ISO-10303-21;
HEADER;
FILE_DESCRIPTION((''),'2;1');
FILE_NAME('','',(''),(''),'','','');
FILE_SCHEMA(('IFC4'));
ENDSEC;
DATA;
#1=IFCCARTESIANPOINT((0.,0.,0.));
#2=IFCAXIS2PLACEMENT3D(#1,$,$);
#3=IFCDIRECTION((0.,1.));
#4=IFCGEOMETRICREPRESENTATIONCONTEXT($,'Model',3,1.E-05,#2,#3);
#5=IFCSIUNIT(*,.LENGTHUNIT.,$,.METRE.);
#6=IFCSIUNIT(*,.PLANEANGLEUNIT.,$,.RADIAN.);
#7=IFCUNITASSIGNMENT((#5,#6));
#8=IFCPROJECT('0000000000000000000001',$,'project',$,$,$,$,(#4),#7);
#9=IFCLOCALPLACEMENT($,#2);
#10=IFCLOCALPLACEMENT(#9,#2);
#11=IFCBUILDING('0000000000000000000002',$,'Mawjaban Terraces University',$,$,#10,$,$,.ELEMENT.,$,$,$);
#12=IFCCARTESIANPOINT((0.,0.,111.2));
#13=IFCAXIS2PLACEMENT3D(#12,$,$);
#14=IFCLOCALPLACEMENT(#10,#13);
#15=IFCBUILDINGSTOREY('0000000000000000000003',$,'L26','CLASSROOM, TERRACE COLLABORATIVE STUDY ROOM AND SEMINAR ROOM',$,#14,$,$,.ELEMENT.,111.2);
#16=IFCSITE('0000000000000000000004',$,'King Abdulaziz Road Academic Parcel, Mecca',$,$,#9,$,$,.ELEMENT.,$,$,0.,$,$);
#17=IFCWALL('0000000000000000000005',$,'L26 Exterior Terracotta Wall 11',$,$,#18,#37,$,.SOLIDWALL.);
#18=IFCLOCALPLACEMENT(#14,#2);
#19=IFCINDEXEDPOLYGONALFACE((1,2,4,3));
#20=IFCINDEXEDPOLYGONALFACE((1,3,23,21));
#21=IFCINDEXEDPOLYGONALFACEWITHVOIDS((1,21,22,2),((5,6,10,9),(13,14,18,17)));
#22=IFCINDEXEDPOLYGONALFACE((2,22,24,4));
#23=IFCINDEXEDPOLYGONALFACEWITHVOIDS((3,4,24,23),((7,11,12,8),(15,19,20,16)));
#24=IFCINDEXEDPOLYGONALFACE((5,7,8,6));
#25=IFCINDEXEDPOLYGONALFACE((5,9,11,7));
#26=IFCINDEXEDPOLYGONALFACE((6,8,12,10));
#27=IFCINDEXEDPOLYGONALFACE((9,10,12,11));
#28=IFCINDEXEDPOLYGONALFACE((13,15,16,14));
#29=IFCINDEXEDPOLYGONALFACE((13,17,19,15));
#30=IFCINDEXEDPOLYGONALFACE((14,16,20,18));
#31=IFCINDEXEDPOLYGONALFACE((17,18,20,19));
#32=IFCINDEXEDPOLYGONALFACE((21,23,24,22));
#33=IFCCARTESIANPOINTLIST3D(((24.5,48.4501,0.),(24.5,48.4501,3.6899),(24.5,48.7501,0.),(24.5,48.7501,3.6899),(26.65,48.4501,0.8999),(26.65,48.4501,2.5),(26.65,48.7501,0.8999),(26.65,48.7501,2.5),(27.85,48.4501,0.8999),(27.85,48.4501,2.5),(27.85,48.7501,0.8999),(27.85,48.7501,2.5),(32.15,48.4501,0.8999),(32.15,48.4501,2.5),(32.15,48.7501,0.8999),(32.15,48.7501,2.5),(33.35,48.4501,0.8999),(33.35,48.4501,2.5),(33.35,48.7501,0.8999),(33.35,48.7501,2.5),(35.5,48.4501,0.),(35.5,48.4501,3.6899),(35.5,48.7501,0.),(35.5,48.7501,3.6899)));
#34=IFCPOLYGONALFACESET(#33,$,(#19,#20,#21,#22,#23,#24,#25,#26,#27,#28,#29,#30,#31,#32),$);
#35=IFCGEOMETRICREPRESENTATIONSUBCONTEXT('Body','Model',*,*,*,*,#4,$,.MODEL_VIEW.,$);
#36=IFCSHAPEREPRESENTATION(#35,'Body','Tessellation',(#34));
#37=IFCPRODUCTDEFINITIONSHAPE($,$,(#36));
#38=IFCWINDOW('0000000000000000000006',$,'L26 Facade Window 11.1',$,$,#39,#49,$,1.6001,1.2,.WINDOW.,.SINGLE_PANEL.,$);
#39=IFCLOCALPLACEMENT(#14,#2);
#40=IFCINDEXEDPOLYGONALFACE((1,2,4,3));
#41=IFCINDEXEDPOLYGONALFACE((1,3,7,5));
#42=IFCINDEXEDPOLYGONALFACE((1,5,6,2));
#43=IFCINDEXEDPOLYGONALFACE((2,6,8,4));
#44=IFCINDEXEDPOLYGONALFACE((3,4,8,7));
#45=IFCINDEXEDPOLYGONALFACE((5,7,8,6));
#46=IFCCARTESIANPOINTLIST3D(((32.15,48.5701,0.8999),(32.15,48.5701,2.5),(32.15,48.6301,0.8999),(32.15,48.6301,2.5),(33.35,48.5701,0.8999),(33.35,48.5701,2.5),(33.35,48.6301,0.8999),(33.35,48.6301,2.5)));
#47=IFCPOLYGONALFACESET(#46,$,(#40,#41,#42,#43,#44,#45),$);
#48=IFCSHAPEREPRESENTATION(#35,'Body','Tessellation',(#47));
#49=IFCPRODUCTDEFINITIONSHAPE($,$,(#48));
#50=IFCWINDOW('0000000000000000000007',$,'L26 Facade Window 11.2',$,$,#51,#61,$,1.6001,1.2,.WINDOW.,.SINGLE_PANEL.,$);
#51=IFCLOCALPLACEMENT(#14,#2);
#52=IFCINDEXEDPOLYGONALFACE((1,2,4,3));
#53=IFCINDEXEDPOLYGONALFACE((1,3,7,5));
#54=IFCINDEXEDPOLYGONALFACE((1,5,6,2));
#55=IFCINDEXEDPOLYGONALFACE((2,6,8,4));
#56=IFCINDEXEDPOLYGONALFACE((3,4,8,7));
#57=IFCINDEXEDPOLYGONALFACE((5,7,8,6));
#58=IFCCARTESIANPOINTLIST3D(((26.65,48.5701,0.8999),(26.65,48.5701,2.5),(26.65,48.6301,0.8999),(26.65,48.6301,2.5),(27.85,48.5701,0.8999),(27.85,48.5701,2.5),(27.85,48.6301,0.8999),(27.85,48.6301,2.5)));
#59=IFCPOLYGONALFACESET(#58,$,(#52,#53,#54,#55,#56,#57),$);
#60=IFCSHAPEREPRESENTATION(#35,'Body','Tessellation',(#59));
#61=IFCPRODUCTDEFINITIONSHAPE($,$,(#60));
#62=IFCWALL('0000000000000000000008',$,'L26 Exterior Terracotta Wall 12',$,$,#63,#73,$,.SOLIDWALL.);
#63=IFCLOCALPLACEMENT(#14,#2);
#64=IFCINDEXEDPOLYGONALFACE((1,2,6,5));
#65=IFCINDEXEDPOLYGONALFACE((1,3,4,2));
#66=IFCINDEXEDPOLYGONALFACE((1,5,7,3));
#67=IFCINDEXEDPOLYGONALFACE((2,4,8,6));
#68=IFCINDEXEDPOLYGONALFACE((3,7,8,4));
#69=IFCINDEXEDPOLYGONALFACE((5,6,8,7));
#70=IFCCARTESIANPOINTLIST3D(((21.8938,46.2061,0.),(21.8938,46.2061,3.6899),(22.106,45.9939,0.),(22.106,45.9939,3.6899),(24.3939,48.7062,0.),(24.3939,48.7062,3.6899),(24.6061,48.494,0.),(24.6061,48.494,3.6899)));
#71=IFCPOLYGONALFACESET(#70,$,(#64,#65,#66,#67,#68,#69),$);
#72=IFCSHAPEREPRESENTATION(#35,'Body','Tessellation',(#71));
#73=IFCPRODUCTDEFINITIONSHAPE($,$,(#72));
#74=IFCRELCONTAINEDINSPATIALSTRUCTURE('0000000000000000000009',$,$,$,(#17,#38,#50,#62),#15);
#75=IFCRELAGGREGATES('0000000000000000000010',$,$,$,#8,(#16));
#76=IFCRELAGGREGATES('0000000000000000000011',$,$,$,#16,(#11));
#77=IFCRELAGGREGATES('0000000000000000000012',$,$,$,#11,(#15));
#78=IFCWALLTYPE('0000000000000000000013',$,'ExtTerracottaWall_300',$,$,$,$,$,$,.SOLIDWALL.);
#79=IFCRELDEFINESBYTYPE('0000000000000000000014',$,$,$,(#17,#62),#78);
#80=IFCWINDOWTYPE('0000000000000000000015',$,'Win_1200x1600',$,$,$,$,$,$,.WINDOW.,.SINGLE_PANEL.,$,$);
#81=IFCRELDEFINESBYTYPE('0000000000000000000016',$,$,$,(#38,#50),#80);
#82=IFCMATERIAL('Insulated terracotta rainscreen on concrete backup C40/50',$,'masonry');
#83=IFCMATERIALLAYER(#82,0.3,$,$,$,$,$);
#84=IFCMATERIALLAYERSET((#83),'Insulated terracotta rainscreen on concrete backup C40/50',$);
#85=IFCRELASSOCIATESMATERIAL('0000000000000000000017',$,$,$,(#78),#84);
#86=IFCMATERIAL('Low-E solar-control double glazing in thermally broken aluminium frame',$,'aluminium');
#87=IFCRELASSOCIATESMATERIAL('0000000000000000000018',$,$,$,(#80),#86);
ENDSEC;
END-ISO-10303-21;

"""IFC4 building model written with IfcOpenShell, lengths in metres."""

from ifc_helpers import new_model, si_unit, direction, frame, frame_2d, origin, place, context, subcontext, project, spatial, rectangle, extrude, material, layer, layer_set, type_object, element, fill, save


model = new_model("IFC4")

# Units and contexts
model_context = context("Model", 3, precision=1e-05, world=origin(), true_north=direction((0.0, 1.0)))
body_context = subcontext(model_context, "Body", "Model", "MODEL_VIEW")
ifc_project = project(units=[si_unit("LENGTHUNIT", "METRE"), si_unit("PLANEANGLEUNIT", "RADIAN")], contexts=[model_context])

# Site, building, storey
site_placement = place(None, origin())
site = spatial("IfcSite", under=ifc_project, at=site_placement, Name="King Abdulaziz Road Academic Parcel, Mecca", CompositionType="ELEMENT", RefElevation=0.0)
building_placement = place(site_placement, origin())
building = spatial("IfcBuilding", under=site, at=building_placement, Name="Mawjaban Terraces University", CompositionType="ELEMENT")
storey_placement = place(building_placement, frame((0.0, 0.0, 111.2)))
storey = spatial("IfcBuildingStorey", under=building, at=storey_placement, Name="L26", Description="CLASSROOM, TERRACE COLLABORATIVE STUDY ROOM AND SEMINAR ROOM", CompositionType="ELEMENT", Elevation=111.2)

# Wall, openings, windows
ifc_material_1 = material(Name="Insulated terracotta rainscreen on concrete backup C40/50", Category="masonry")
ifc_layer_1 = layer(ifc_material_1, 0.3)
ifc_layer_set_1 = layer_set([ifc_layer_1], Name="Insulated terracotta rainscreen on concrete backup C40/50")
wall_type_1 = type_object("IfcWallType", Name="ExtTerracottaWall_300", PredefinedType="SOLIDWALL", material=ifc_layer_set_1)
wall_1_placement = place(storey_placement, frame((35.5, 48.6001, 0.0), z_axis=(0.0, 0.0, 1.0), x_axis=(-1.0, 0.0, 0.0)))
wall_1 = element("IfcWall", 1, at=wall_1_placement, inside=storey, type_object=wall_type_1, Name="L26 Exterior Terracotta Wall 11", PredefinedType="SOLIDWALL", context=body_context, shape_type="SweptSolid", body=[
    extrude(rectangle(XDim=11.0, YDim=0.3, at=frame_2d((5.5, 0.0))), origin(), (0.0, 0.0, 1.0), 3.6899),
])
opening_1_placement = place(wall_1_placement, frame((2.1499, 0.0, 0.8999)))
opening_1 = element("IfcOpeningElement", 2, at=opening_1_placement, cuts=wall_1, PredefinedType="OPENING", context=body_context, shape_type="SweptSolid", body=[
    extrude(rectangle(XDim=1.2, YDim=1.6001, at=frame_2d((0.6001, 0.8))), frame((0.0, 0.1599, 0.0), z_axis=(0.0, -1.0, 0.0), x_axis=(1.0, 0.0, 0.0)), (0.0, 0.0, 1.0), 0.3201),
])
opening_2_placement = place(wall_1_placement, frame((7.6499, 0.0, 0.8999)))
opening_2 = element("IfcOpeningElement", 3, at=opening_2_placement, cuts=wall_1, PredefinedType="OPENING", context=body_context, shape_type="SweptSolid", body=[
    extrude(rectangle(XDim=1.2, YDim=1.6001, at=frame_2d((0.6001, 0.8))), frame((0.0, 0.1599, 0.0), z_axis=(0.0, -1.0, 0.0), x_axis=(1.0, 0.0, 0.0)), (0.0, 0.0, 1.0), 0.3201),
])
ifc_material_2 = material(Name="Low-E solar-control double glazing in thermally broken aluminium frame", Category="aluminium")
window_type_1 = type_object("IfcWindowType", Name="Win_1200x1600", PartitioningType="SINGLE_PANEL", PredefinedType="WINDOW", material=ifc_material_2)
window_1_placement = place(opening_1_placement, origin())
window_1 = element("IfcWindow", 4, at=window_1_placement, inside=storey, type_object=window_type_1, Name="L26 Facade Window 11.1", OverallHeight=1.6001, OverallWidth=1.2, PartitioningType="SINGLE_PANEL", PredefinedType="WINDOW", context=body_context, shape_type="SweptSolid", body=[
    extrude(rectangle(XDim=1.2, YDim=1.6001, at=frame_2d((0.6001, 0.8))), frame((0.0, 0.03, 0.0), z_axis=(0.0, -1.0, 0.0), x_axis=(1.0, 0.0, 0.0)), (0.0, 0.0, 1.0), 0.0601),
])
fill(opening_1, window_1)
window_2_placement = place(opening_2_placement, origin())
window_2 = element("IfcWindow", 5, at=window_2_placement, inside=storey, type_object=window_type_1, Name="L26 Facade Window 11.2", OverallHeight=1.6001, OverallWidth=1.2, PartitioningType="SINGLE_PANEL", PredefinedType="WINDOW", context=body_context, shape_type="SweptSolid", body=[
    extrude(rectangle(XDim=1.2, YDim=1.6001, at=frame_2d((0.6001, 0.8))), frame((0.0, 0.03, 0.0), z_axis=(0.0, -1.0, 0.0), x_axis=(1.0, 0.0, 0.0)), (0.0, 0.0, 1.0), 0.0601),
])
fill(opening_2, window_2)

# Wall
wall_2_placement = place(storey_placement, frame((24.5, 48.6001, 0.0), z_axis=(0.0, 0.0, 1.0), x_axis=(-0.707107, -0.707107, 0.0)))
element("IfcWall", 6, at=wall_2_placement, inside=storey, type_object=wall_type_1, Name="L26 Exterior Terracotta Wall 12", PredefinedType="SOLIDWALL", context=body_context, shape_type="SweptSolid", body=[
    extrude(rectangle(XDim=3.5356, YDim=0.3, at=frame_2d((1.7678, 0.0))), origin(), (0.0, 0.0, 1.0), 3.6899),
])

save(model, "model.ifc")
